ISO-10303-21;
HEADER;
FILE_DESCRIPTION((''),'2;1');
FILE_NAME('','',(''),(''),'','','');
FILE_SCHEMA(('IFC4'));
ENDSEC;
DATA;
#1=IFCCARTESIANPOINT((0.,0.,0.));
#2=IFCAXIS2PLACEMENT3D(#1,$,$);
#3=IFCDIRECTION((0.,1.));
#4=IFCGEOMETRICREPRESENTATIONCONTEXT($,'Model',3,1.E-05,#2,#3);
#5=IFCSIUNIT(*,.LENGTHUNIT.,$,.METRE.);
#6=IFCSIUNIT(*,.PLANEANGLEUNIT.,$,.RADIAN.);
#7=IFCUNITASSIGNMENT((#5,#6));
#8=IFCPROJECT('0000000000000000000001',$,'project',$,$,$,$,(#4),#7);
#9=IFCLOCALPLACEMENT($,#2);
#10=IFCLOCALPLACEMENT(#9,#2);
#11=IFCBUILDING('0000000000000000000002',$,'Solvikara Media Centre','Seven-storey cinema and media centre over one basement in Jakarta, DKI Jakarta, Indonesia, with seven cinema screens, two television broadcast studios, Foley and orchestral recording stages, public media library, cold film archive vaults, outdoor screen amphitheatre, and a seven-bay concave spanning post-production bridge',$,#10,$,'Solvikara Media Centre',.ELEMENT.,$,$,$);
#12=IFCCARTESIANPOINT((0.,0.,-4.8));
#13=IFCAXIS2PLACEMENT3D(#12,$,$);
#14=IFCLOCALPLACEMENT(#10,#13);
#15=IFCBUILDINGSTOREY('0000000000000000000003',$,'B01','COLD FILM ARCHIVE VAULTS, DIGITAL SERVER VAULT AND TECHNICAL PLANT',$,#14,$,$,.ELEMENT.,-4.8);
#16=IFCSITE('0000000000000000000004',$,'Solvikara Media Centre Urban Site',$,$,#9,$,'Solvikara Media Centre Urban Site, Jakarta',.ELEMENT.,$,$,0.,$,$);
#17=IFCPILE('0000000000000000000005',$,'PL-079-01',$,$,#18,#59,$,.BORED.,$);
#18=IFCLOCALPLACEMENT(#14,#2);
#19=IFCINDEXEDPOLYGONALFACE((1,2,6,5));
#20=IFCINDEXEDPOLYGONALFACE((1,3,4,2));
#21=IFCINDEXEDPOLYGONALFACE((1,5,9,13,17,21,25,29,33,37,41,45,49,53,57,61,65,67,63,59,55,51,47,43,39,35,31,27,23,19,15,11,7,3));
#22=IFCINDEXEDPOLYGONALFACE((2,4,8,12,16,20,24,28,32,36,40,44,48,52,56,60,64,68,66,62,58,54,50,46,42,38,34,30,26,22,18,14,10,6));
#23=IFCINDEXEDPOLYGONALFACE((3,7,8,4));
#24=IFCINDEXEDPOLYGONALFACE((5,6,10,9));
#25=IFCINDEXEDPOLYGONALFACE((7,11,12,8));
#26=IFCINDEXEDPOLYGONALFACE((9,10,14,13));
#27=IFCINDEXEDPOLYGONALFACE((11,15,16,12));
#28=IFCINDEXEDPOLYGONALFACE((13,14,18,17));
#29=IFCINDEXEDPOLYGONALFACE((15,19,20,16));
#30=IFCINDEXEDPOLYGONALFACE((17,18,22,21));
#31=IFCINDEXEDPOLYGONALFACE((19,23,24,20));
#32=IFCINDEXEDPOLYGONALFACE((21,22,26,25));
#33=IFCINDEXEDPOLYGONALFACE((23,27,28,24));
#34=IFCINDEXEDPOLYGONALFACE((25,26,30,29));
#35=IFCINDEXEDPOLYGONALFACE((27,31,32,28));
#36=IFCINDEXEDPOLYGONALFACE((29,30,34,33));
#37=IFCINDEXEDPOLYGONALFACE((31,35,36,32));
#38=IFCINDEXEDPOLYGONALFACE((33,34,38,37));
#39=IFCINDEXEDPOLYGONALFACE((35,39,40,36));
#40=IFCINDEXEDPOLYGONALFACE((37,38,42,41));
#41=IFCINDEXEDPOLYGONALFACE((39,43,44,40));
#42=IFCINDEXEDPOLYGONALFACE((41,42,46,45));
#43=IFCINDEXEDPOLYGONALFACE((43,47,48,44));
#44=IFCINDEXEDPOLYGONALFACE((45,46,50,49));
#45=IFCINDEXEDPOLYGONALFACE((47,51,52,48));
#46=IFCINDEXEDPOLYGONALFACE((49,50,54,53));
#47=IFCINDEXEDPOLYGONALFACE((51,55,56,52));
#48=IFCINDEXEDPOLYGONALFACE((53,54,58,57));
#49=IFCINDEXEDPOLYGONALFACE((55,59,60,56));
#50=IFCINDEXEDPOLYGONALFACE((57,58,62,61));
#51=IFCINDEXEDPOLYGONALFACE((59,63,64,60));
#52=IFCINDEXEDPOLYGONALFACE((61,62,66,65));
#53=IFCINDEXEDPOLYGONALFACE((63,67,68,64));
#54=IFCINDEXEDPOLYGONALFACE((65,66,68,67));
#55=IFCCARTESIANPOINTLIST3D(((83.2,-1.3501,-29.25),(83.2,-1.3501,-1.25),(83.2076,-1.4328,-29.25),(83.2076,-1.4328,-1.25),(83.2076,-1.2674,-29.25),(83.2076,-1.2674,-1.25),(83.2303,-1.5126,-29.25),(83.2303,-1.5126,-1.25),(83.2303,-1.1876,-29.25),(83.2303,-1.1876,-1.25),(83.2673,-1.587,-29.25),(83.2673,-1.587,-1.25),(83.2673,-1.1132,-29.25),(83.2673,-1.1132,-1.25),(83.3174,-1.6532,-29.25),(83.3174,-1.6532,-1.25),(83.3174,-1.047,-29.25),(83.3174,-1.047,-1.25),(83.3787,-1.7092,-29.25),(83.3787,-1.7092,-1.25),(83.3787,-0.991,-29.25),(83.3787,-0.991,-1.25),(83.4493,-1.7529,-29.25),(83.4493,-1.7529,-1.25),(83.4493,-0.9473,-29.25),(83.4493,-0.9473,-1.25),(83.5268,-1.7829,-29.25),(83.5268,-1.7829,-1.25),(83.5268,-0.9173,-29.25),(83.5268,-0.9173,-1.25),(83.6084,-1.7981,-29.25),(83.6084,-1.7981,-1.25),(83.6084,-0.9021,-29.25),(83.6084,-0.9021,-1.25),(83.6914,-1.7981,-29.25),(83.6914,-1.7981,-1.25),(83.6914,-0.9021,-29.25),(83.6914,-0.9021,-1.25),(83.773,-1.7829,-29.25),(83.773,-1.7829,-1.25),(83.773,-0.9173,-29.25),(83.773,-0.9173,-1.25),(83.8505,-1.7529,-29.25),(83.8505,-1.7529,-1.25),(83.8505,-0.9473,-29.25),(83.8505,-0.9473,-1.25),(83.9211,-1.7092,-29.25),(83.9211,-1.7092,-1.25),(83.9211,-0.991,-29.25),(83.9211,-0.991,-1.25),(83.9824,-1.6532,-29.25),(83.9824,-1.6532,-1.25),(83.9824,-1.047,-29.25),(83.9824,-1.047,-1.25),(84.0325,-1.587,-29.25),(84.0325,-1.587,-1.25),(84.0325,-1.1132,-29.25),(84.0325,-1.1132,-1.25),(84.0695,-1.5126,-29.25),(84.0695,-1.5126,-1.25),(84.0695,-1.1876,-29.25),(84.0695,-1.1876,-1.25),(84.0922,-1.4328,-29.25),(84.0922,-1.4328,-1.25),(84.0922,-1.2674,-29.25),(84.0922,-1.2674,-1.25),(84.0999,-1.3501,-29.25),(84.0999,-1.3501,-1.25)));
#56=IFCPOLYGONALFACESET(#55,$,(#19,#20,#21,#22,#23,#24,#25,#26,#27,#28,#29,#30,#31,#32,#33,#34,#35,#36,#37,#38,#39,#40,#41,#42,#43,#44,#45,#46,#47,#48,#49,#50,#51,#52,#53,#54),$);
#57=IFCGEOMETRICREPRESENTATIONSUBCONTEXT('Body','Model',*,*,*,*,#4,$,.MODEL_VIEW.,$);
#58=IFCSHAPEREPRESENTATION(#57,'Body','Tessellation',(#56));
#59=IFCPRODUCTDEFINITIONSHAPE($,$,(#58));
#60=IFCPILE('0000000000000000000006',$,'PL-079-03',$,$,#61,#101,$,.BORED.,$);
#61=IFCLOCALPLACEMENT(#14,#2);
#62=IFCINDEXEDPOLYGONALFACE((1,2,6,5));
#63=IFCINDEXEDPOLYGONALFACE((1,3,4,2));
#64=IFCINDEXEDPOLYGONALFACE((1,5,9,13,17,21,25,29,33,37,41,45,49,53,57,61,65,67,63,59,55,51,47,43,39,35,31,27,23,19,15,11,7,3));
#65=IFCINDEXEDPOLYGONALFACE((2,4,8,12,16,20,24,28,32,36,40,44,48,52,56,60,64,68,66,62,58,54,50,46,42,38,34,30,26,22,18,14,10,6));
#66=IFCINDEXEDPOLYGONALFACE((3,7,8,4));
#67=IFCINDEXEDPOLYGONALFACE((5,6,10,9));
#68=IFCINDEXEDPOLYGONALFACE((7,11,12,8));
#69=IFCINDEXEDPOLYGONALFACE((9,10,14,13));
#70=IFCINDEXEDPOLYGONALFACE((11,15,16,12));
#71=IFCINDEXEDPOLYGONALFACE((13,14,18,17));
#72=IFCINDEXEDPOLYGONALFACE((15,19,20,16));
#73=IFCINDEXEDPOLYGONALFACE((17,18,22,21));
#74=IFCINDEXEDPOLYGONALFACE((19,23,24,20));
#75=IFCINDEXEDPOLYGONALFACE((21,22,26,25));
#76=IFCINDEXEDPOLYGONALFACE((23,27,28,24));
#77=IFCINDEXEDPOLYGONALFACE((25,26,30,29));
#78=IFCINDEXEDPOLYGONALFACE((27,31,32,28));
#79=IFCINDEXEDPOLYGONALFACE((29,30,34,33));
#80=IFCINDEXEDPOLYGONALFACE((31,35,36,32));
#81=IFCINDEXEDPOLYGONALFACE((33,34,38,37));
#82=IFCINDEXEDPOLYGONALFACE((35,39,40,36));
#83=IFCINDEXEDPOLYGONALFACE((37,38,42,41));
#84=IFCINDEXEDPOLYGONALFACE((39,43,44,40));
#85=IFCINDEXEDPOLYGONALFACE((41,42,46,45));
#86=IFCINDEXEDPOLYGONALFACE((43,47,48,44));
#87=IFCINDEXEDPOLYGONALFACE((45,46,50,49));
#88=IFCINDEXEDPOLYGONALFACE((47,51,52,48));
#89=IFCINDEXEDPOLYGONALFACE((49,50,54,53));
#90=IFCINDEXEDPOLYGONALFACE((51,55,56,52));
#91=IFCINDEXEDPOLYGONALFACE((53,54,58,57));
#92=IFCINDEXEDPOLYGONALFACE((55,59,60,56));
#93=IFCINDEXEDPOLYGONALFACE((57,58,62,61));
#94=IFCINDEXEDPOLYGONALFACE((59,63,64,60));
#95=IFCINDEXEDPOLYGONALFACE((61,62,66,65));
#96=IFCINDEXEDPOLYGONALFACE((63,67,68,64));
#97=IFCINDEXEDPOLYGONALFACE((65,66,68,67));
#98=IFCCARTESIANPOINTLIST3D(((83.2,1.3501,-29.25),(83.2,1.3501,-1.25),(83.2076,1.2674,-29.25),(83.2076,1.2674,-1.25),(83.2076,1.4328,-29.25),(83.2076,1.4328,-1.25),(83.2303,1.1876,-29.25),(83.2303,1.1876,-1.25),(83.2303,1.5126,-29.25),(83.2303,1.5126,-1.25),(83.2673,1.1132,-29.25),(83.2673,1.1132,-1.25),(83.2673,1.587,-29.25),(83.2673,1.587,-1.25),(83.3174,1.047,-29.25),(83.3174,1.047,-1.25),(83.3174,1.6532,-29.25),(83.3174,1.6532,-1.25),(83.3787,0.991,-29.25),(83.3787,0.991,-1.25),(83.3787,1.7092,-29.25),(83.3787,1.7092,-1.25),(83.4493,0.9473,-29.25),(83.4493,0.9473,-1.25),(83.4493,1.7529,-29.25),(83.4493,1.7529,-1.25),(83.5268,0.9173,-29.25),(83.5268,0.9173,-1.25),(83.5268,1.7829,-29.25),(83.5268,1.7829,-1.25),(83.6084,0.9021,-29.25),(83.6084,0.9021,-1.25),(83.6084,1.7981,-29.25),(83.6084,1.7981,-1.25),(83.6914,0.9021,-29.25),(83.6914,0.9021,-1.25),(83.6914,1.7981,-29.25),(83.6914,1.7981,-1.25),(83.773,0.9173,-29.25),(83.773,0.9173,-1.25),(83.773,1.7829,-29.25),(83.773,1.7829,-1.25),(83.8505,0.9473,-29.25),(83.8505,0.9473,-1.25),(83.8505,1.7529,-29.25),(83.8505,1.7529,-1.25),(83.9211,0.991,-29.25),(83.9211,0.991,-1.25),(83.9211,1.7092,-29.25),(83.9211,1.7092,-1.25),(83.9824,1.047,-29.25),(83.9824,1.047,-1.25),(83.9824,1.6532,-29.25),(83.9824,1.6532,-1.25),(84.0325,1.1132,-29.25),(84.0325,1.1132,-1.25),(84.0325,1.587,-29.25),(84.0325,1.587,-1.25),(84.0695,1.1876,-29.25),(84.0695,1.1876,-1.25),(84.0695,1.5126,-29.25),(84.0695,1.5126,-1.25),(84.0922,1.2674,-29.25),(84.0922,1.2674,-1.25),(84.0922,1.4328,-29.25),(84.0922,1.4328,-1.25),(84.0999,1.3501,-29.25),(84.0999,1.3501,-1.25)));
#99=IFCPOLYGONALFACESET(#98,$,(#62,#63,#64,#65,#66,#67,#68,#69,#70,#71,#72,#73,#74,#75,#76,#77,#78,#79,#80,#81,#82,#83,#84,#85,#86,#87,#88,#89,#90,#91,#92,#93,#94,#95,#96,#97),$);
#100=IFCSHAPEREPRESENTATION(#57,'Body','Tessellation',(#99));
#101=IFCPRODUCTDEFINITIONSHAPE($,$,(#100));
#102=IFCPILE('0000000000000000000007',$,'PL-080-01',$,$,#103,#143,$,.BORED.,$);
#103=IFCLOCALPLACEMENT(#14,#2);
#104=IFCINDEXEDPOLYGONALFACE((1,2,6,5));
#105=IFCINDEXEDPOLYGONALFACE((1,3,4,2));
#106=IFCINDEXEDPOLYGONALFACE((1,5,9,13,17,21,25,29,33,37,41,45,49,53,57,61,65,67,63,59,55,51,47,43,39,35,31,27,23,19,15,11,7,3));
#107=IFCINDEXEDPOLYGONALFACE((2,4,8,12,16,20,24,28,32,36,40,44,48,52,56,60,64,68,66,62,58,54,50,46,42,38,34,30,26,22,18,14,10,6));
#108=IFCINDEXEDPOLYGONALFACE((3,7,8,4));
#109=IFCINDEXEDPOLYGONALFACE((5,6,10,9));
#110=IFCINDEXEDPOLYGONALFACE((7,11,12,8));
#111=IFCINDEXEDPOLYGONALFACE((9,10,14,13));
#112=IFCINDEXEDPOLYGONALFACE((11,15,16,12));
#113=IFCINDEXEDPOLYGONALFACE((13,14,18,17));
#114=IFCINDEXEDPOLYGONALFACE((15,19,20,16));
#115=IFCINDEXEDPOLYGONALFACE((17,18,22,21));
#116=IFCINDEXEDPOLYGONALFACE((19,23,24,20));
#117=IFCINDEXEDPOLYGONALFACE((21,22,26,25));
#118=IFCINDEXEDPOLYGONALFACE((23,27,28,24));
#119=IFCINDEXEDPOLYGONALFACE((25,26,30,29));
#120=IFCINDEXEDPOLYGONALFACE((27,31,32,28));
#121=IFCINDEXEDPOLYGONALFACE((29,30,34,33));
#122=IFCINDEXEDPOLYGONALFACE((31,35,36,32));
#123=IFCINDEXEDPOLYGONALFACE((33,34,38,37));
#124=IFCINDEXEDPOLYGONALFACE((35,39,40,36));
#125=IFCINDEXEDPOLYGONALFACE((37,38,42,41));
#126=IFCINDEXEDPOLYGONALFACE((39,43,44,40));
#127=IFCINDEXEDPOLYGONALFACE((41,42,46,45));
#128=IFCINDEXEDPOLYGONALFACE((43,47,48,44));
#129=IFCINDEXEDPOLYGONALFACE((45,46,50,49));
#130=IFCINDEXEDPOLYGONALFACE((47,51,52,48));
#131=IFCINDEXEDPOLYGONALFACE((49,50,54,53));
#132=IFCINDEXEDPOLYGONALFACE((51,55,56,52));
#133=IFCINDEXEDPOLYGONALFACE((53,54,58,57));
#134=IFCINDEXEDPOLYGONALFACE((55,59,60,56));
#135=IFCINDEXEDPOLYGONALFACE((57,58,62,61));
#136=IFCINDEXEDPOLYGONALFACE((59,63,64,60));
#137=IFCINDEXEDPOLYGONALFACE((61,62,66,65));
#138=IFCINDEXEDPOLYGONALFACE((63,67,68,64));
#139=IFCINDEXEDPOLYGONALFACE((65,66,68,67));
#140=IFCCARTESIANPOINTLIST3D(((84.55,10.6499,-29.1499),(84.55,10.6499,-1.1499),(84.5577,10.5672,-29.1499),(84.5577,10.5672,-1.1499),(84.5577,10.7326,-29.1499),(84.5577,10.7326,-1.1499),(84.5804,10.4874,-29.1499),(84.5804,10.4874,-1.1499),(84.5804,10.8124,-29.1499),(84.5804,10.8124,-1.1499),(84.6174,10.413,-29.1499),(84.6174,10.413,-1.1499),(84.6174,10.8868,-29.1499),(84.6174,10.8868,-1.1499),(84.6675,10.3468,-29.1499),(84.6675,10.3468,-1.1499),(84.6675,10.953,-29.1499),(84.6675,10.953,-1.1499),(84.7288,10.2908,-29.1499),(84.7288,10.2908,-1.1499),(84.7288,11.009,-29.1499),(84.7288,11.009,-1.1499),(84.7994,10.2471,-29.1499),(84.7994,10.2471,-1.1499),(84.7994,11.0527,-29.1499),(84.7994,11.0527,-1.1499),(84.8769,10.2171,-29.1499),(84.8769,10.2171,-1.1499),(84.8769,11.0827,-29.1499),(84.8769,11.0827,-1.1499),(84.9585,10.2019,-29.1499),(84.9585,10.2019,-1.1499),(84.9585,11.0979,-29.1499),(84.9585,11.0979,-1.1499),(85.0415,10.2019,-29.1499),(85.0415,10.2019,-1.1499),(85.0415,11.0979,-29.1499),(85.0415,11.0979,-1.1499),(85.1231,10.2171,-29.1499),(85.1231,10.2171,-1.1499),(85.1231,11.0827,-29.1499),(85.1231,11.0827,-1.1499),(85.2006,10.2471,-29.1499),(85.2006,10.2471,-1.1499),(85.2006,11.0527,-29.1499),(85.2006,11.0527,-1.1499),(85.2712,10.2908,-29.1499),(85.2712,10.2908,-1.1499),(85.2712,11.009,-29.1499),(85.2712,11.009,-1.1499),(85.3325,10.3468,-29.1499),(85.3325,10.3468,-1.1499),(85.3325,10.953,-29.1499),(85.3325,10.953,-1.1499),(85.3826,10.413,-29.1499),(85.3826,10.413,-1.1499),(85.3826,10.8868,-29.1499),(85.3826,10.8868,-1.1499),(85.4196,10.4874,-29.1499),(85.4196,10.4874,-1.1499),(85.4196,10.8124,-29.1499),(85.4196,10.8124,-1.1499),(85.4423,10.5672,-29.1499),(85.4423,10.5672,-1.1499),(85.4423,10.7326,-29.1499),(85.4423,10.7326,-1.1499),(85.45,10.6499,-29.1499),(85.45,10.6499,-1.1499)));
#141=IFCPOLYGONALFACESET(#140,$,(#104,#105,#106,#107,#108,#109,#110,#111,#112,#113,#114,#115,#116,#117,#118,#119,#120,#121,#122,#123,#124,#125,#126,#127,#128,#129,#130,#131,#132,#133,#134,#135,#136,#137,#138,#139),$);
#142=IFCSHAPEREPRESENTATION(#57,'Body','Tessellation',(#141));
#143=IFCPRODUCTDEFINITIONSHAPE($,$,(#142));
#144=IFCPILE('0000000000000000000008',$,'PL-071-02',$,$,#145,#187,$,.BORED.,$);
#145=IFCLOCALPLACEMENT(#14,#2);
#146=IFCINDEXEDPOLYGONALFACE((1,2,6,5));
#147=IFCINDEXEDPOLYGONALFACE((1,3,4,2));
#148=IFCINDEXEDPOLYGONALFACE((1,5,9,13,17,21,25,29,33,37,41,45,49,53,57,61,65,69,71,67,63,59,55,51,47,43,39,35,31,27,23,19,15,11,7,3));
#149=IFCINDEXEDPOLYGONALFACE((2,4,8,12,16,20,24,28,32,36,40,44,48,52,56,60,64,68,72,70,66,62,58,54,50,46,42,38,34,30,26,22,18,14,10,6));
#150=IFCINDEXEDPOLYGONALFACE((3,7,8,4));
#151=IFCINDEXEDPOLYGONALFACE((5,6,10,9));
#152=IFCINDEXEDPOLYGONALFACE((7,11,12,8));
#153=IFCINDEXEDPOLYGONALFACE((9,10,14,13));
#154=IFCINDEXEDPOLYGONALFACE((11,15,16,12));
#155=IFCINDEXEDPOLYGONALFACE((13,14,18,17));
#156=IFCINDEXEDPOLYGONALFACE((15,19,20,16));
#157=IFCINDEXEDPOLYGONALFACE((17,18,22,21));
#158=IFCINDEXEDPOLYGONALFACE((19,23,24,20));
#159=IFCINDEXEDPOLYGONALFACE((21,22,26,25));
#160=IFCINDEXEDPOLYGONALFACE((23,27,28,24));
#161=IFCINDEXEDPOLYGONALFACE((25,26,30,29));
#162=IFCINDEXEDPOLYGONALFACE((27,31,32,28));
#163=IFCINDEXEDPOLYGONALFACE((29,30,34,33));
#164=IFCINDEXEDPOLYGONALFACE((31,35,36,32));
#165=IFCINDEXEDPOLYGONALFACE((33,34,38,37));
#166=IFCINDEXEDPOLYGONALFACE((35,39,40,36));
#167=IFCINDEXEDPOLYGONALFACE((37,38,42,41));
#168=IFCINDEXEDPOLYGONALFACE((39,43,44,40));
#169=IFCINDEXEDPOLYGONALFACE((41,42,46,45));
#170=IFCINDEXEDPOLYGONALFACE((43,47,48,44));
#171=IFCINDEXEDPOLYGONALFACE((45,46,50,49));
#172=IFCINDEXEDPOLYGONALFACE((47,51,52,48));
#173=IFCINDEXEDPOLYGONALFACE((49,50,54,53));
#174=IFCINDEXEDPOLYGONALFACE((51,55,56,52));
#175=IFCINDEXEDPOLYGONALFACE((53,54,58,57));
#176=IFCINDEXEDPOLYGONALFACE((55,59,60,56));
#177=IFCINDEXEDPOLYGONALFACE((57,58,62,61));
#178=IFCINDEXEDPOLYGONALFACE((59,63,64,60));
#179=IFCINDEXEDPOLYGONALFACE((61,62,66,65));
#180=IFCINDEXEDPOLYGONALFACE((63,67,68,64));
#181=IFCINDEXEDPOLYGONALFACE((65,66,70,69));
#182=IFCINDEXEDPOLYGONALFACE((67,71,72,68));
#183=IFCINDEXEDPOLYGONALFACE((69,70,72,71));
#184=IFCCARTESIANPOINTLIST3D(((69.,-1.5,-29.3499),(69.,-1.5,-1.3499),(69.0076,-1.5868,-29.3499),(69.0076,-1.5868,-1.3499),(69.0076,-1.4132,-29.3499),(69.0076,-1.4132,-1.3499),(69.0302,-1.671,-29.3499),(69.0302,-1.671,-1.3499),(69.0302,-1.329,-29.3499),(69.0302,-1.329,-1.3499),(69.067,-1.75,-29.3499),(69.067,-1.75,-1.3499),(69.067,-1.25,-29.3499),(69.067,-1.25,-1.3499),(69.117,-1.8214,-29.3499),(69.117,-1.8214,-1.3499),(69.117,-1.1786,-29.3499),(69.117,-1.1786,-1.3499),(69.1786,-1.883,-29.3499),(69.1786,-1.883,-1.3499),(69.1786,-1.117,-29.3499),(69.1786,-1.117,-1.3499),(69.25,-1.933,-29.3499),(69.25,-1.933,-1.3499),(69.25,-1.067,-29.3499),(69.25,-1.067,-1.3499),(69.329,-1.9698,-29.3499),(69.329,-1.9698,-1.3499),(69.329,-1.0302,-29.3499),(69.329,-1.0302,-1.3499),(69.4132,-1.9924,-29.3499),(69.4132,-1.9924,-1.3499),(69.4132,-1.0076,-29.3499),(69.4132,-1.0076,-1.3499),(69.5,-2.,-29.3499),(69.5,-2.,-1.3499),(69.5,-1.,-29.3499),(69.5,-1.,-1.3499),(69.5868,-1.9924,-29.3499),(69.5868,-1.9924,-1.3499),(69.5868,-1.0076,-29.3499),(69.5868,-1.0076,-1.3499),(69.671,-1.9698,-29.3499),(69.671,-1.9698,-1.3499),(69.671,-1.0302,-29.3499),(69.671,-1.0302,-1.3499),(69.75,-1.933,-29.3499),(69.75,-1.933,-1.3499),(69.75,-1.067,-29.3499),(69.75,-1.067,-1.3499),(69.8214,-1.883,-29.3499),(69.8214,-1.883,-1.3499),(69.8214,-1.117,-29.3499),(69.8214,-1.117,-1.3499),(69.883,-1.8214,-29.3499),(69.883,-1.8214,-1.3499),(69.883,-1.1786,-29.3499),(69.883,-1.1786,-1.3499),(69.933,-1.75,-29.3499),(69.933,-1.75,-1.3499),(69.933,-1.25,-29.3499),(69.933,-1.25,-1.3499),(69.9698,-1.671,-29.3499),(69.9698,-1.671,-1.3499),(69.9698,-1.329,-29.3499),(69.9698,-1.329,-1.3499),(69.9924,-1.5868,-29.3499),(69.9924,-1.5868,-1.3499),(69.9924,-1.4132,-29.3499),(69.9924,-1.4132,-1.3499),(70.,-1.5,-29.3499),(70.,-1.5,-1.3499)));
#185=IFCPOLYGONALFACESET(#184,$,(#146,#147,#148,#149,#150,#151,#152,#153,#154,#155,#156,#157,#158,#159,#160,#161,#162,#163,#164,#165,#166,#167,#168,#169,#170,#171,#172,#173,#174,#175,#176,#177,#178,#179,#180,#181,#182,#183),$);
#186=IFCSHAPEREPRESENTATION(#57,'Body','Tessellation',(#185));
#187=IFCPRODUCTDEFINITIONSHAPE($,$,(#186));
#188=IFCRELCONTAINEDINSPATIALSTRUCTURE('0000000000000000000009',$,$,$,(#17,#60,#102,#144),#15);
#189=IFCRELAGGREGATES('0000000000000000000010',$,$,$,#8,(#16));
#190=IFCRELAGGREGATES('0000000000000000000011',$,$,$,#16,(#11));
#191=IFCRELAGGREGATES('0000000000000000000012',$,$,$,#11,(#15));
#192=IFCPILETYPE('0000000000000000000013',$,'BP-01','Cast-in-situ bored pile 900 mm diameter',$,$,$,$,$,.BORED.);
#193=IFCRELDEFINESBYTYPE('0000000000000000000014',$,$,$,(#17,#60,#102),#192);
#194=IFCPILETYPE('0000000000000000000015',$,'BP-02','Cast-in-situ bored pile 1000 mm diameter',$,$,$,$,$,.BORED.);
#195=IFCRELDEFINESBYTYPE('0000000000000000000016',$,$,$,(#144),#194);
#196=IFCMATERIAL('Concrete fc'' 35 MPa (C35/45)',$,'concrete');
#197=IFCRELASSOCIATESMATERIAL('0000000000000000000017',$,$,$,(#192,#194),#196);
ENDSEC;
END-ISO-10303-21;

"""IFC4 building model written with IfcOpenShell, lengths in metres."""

from ifc_helpers import new_model, si_unit, direction, frame, origin, origin_2d, place, context, subcontext, project, spatial, circle, extrude, material, material_profile, profile_set, type_object, element, save


model = new_model("IFC4")

# Units and contexts
model_context = context("Model", 3, precision=1e-05, world=origin(), true_north=direction((0.0, 1.0)))
body_context = subcontext(model_context, "Body", "Model", "MODEL_VIEW")
ifc_project = project(units=[si_unit("LENGTHUNIT", "METRE"), si_unit("PLANEANGLEUNIT", "RADIAN")], contexts=[model_context])

# Site, building, storey
site_placement = place(None, origin())
site = spatial("IfcSite", under=ifc_project, at=site_placement, Name="Solvikara Media Centre Urban Site", LongName="Solvikara Media Centre Urban Site, Jakarta", CompositionType="ELEMENT", RefElevation=0.0)
building_placement = place(site_placement, origin())
building = spatial("IfcBuilding", under=site, at=building_placement, Name="Solvikara Media Centre", Description="Seven-storey cinema and media centre over one basement in Jakarta, DKI Jakarta, Indonesia, with seven cinema screens, two television broadcast studios, Foley and orchestral recording stages, public media library, cold film archive vaults, outdoor screen amphitheatre, and a seven-bay concave spanning post-production bridge", LongName="Solvikara Media Centre", CompositionType="ELEMENT")
storey_placement = place(building_placement, frame((0.0, 0.0, -4.8)))
storey = spatial("IfcBuildingStorey", under=building, at=storey_placement, Name="B01", Description="COLD FILM ARCHIVE VAULTS, DIGITAL SERVER VAULT AND TECHNICAL PLANT", CompositionType="ELEMENT", Elevation=-4.8)

# Piles
ifc_material_1 = material(Name="Concrete fc' 35 MPa (C35/45)", Category="concrete")
ifc_material_profile_1 = material_profile(ifc_material_1, circle(Radius=0.45, at=origin_2d()), Name="BORED PILE D900")
ifc_profile_set_1 = profile_set([ifc_material_profile_1], Name="Concrete fc' 35 MPa (C35/45)")
pile_type_1 = type_object("IfcPileType", Name="BP-01", Description="Cast-in-situ bored pile 900 mm diameter", PredefinedType="BORED", material=ifc_profile_set_1)
for number, where, z_axis, x_axis, name in (
    (1, (83.6499, -1.3501, -1.25), (0.0, 0.0, -1.0), (1.0, 0.0, 0.0), "PL-079-01"),
    (2, (83.6499, 1.3501, -1.25), (0.0, 0.0, -1.0), (1.0, 0.0, 0.0), "PL-079-03"),
    (3, (85.0, 10.6499, -1.1499), (0.0, 0.0, -1.0), (1.0, 0.0, 0.0), "PL-080-01"),
):
    element("IfcPile", number, at=place(storey_placement, frame(where, z_axis=z_axis, x_axis=x_axis)), inside=storey, type_object=pile_type_1, Name=name, PredefinedType="BORED", context=body_context, shape_type="SweptSolid", body=[
        extrude(circle(Radius=0.45, at=origin_2d()), origin(), (0.0, 0.0, 1.0), 28.0),
    ])
ifc_material_profile_2 = material_profile(ifc_material_1, circle(Radius=0.5, at=origin_2d()), Name="BORED PILE D1000")
ifc_profile_set_2 = profile_set([ifc_material_profile_2], Name="Concrete fc' 35 MPa (C35/45)")
pile_type_2 = type_object("IfcPileType", Name="BP-02", Description="Cast-in-situ bored pile 1000 mm diameter", PredefinedType="BORED", material=ifc_profile_set_2)
for number, where, z_axis, x_axis, name in (
    (4, (69.5, -1.5, -1.3499), (0.0, 0.0, -1.0), (1.0, 0.0, 0.0), "PL-071-02"),
):
    element("IfcPile", number, at=place(storey_placement, frame(where, z_axis=z_axis, x_axis=x_axis)), inside=storey, type_object=pile_type_2, Name=name, PredefinedType="BORED", context=body_context, shape_type="SweptSolid", body=[
        extrude(circle(Radius=0.5, at=origin_2d()), origin(), (0.0, 0.0, 1.0), 28.0),
    ])

save(model, "model.ifc")
